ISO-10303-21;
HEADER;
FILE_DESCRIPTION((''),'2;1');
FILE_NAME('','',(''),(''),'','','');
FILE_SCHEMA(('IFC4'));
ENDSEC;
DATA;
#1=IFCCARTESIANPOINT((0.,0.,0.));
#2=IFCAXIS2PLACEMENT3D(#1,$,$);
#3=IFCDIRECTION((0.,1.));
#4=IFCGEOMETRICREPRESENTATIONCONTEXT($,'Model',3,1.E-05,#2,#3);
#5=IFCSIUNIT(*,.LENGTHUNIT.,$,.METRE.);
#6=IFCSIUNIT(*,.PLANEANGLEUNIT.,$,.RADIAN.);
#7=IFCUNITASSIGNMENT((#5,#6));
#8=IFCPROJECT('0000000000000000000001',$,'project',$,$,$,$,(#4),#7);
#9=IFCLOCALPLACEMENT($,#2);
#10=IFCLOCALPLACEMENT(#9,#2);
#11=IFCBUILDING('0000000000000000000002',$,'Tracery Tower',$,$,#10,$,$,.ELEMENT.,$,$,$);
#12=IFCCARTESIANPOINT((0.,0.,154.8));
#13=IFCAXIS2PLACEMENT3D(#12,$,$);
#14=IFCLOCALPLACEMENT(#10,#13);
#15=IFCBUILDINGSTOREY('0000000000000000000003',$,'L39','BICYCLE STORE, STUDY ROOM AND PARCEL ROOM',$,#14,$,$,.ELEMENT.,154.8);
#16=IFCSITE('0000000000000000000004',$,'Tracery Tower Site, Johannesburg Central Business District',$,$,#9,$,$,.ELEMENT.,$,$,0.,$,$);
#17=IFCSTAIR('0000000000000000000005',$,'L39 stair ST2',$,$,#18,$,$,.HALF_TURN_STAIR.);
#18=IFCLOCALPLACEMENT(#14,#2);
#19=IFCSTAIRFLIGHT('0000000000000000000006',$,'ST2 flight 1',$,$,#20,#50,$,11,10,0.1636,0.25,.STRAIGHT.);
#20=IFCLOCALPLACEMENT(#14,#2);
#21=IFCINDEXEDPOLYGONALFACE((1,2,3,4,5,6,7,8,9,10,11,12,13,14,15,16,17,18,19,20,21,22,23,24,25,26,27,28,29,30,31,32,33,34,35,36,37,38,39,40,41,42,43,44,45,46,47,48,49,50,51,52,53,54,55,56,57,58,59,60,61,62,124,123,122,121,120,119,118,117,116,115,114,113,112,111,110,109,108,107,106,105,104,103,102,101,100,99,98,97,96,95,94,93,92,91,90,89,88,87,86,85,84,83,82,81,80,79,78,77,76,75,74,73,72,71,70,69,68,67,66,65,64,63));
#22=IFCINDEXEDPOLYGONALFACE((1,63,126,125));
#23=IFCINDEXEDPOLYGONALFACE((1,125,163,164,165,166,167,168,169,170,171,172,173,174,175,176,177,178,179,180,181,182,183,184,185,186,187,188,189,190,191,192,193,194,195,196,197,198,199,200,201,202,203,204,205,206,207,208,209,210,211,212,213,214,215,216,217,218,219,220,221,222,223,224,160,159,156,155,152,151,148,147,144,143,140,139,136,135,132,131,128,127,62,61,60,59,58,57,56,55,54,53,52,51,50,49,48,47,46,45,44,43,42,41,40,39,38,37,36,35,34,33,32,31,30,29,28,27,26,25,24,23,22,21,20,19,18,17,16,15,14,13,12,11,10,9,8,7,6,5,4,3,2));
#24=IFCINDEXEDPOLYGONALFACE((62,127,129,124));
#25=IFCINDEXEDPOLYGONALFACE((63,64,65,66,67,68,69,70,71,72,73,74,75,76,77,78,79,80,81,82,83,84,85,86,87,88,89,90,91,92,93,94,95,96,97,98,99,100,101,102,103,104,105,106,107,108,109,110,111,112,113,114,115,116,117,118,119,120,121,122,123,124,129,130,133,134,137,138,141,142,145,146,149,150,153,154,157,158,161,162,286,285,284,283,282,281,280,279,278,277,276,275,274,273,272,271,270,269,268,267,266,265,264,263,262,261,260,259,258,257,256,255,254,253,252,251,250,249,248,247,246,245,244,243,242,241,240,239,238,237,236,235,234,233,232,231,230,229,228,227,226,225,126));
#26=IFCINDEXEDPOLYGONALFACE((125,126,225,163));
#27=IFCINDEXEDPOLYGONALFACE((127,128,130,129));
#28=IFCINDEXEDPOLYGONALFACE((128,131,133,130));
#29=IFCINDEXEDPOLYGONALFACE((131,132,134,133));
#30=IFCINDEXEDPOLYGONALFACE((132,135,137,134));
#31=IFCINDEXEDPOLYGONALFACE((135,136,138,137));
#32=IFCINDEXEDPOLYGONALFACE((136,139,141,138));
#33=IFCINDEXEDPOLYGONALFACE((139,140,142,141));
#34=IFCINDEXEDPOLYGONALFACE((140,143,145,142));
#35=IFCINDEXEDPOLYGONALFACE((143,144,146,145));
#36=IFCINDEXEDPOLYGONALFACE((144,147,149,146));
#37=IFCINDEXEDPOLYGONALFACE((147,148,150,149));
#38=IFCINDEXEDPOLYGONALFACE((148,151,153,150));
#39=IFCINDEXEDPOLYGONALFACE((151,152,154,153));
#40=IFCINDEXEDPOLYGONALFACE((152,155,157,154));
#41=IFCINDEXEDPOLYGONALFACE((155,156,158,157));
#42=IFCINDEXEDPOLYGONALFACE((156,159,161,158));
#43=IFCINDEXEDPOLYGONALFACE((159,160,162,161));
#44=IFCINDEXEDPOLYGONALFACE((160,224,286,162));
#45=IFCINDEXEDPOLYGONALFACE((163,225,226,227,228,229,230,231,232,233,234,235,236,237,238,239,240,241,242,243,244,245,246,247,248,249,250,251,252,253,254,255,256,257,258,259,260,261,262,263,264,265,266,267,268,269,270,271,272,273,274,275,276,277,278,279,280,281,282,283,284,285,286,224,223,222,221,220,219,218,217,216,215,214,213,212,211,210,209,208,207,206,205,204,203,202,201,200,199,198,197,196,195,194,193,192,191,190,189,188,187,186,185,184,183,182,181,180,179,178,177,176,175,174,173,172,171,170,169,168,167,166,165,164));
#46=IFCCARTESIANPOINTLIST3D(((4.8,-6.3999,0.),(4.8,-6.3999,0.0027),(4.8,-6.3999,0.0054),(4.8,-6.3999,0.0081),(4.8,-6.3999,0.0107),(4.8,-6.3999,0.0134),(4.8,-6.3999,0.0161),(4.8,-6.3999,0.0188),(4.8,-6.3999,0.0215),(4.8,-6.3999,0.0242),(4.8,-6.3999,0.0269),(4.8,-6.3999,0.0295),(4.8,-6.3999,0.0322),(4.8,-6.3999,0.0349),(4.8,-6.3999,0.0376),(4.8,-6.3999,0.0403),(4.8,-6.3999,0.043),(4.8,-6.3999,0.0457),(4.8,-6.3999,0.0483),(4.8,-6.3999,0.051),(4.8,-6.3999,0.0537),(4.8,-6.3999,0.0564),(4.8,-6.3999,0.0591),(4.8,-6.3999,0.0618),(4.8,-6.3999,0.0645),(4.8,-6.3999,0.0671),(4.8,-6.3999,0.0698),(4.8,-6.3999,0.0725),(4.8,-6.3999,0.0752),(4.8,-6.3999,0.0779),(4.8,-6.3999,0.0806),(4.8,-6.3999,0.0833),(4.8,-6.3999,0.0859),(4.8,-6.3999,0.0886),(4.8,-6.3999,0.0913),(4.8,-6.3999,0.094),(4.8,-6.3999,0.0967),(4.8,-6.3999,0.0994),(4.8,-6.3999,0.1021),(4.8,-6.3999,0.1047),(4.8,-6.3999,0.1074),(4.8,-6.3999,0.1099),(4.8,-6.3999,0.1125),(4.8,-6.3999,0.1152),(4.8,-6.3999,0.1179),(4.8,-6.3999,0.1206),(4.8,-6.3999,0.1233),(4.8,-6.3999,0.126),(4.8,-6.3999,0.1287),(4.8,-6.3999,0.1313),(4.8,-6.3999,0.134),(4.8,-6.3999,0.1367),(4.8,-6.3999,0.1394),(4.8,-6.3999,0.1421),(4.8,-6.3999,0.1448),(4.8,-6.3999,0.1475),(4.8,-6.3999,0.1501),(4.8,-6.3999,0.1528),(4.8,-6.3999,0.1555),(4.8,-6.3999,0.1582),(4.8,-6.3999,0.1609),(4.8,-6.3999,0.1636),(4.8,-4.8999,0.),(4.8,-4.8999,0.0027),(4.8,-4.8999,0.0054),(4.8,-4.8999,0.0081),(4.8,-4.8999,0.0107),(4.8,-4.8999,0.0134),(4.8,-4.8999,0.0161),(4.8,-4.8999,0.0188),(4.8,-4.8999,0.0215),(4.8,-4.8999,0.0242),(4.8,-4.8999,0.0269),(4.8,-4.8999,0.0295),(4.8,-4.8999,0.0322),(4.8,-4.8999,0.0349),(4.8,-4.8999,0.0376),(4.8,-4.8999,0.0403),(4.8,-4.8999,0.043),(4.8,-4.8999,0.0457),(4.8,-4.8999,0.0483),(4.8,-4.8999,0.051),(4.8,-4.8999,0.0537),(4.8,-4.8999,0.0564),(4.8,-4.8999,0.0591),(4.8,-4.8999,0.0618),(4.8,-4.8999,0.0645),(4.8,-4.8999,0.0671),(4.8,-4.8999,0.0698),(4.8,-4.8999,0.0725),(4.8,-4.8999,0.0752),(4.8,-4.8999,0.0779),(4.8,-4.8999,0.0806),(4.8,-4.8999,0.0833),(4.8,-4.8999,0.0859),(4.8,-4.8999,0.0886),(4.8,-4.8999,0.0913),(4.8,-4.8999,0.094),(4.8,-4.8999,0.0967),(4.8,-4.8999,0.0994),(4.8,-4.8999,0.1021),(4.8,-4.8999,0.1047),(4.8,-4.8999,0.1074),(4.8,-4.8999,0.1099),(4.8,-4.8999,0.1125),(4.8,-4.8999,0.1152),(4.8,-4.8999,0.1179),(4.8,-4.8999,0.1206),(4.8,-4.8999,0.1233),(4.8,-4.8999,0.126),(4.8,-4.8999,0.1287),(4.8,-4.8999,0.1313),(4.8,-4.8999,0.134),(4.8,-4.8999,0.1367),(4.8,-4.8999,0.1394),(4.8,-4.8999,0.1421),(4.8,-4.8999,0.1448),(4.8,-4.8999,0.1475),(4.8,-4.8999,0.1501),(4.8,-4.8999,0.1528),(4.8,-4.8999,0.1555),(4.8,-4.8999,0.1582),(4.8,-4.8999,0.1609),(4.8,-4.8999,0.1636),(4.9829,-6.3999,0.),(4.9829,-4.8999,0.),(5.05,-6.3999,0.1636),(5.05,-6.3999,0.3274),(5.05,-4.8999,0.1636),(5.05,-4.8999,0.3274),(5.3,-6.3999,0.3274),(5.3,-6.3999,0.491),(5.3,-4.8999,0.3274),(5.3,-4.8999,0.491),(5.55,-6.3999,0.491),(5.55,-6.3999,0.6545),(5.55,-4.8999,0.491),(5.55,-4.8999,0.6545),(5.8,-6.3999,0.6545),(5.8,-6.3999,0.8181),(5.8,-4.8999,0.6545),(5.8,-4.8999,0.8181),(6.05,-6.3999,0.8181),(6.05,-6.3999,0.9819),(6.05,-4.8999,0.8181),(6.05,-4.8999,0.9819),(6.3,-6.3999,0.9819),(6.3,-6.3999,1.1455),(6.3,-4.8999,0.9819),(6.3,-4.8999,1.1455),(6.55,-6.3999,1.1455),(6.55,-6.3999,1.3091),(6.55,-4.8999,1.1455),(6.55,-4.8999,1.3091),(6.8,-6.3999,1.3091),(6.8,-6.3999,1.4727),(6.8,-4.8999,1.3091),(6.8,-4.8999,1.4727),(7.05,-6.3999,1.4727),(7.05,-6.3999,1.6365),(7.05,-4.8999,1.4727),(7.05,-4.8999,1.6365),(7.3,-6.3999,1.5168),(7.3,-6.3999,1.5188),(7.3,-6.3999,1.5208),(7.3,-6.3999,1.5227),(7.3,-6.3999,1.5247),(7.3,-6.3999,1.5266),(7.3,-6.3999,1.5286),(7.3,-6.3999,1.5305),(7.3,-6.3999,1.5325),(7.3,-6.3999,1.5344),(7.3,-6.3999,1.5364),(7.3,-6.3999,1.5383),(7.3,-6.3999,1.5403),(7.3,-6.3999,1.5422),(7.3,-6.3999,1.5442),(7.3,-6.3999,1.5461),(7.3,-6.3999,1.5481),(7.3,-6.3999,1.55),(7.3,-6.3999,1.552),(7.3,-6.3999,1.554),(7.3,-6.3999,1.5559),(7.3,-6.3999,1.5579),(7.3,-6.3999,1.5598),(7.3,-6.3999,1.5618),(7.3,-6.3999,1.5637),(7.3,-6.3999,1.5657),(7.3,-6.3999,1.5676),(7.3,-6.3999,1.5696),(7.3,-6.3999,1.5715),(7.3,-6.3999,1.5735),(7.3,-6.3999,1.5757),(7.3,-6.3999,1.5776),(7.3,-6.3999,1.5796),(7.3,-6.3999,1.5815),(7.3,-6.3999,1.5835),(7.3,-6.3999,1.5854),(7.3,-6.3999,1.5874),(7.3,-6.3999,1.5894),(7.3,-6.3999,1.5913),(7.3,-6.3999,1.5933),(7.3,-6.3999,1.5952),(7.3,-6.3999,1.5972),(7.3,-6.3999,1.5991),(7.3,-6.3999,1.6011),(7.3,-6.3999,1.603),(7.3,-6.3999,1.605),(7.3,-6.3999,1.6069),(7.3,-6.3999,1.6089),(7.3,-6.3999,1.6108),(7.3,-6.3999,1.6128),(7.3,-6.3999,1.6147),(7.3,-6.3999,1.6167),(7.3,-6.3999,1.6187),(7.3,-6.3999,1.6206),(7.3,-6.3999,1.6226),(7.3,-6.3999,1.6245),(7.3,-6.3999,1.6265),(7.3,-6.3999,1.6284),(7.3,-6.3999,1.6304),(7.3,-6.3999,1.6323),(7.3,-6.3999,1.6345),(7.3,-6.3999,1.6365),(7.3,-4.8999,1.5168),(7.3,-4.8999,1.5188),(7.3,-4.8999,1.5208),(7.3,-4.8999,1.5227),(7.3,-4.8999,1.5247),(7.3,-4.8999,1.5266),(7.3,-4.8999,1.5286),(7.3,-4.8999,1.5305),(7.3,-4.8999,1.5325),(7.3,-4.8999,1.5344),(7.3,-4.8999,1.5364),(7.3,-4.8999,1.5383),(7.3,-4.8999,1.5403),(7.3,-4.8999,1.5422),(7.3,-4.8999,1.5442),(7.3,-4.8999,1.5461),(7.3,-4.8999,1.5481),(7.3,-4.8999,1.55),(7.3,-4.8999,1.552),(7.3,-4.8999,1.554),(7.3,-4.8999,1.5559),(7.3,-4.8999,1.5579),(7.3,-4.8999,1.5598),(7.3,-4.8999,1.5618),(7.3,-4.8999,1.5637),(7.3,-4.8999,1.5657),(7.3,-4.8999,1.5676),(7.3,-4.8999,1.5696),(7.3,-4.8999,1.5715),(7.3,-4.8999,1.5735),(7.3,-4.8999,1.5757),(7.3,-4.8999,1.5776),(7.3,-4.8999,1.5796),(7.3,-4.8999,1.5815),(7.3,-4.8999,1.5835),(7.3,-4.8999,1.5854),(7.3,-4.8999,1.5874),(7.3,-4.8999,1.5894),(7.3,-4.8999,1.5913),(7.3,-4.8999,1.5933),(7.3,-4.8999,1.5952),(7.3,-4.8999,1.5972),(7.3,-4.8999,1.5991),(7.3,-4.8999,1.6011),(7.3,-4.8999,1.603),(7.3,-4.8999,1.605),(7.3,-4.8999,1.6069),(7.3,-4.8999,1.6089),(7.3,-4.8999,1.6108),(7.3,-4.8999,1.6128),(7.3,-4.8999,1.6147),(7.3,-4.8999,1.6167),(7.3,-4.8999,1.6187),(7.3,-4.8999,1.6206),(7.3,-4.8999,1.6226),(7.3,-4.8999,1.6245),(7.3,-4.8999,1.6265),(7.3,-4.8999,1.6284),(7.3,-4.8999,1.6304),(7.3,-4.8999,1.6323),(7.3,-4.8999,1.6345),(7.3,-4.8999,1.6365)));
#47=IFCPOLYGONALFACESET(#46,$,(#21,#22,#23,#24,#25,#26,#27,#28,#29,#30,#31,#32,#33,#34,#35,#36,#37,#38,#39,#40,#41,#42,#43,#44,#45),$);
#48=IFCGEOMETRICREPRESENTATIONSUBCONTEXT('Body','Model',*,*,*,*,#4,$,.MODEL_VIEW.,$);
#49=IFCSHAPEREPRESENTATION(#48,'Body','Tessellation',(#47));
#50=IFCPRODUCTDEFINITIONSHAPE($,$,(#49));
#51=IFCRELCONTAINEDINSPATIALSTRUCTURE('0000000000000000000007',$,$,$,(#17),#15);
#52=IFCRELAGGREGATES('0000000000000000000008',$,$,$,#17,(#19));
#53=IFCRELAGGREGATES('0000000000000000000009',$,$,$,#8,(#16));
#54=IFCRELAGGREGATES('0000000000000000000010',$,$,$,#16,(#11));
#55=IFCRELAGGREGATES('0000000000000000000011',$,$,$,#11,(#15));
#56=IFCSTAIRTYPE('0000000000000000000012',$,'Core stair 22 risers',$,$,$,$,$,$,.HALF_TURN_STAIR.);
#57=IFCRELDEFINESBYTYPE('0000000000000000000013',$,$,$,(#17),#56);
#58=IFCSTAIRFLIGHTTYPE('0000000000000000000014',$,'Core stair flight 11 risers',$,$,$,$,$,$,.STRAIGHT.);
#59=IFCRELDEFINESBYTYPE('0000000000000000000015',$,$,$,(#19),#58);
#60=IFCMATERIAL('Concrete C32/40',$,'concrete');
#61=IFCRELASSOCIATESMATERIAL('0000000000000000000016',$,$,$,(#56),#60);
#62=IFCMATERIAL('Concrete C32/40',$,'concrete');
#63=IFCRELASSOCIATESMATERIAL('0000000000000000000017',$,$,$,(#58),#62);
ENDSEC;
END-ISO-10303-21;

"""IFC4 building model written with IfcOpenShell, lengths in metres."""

from ifc_helpers import new_model, si_unit, direction, frame, origin, place, context, subcontext, project, spatial, polyline, outline, extrude, material, type_object, element, aggregate, save


model = new_model("IFC4")

# Units and contexts
model_context = context("Model", 3, precision=1e-05, world=origin(), true_north=direction((0.0, 1.0)))
body_context = subcontext(model_context, "Body", "Model", "MODEL_VIEW")
ifc_project = project(units=[si_unit("LENGTHUNIT", "METRE"), si_unit("PLANEANGLEUNIT", "RADIAN")], contexts=[model_context])

# Site, building, storey
site_placement = place(None, origin())
site = spatial("IfcSite", under=ifc_project, at=site_placement, Name="Tracery Tower Site, Johannesburg Central Business District", CompositionType="ELEMENT", RefElevation=0.0)
building_placement = place(site_placement, origin())
building = spatial("IfcBuilding", under=site, at=building_placement, Name="Tracery Tower", CompositionType="ELEMENT")
storey_placement = place(building_placement, frame((0.0, 0.0, 154.8)))
storey = spatial("IfcBuildingStorey", under=building, at=storey_placement, Name="L39", Description="BICYCLE STORE, STUDY ROOM AND PARCEL ROOM", CompositionType="ELEMENT", Elevation=154.8)

# Shared definitions
ifc_material_1 = material(Name="Concrete C32/40", Category="concrete")
stair_type = type_object("IfcStairType", Name="Core stair 22 risers", PredefinedType="HALF_TURN_STAIR", material=ifc_material_1)

# Stair, stair flight
stair_1_placement = place(storey_placement, origin())
stair_1 = element("IfcStair", 1, at=stair_1_placement, inside=storey, type_object=stair_type, Name="L39 stair ST2", PredefinedType="HALF_TURN_STAIR")
ifc_material_2 = material(Name="Concrete C32/40", Category="concrete")
stair_flight_type = type_object("IfcStairFlightType", Name="Core stair flight 11 risers", PredefinedType="STRAIGHT", material=ifc_material_2)
stair_flight_1_placement = place(storey_placement, frame((4.8, -5.6499, 0.0), z_axis=(0.0, 0.0, 1.0), x_axis=(1.0, 0.0, 0.0)))
stair_flight_1 = element("IfcStairFlight", 2, at=stair_flight_1_placement, type_object=stair_flight_type, Name="ST2 flight 1", NumberOfRisers=11, NumberOfTreads=10, PredefinedType="STRAIGHT", RiserHeight=0.1636, TreadLength=0.25, context=body_context, shape_type="SweptSolid", body=[
    extrude(outline(polyline([(0.0, 0.0), (0.0, 0.0027), (0.0, 0.0054), (0.0, 0.0081), (0.0, 0.0107), (0.0, 0.0134), (0.0, 0.0161), (0.0, 0.0188), (0.0, 0.0215), (0.0, 0.0242), (0.0, 0.0269), (0.0, 0.0295), (0.0, 0.0322), (0.0, 0.0349), (0.0, 0.0376), (0.0, 0.0403), (0.0, 0.043), (0.0, 0.0457), (0.0, 0.0483), (0.0, 0.051), (0.0, 0.0537), (0.0, 0.0564), (0.0, 0.0591), (0.0, 0.0618), (0.0, 0.0645), (0.0, 0.0671), (0.0, 0.0698), (0.0, 0.0725), (0.0, 0.0752), (0.0, 0.0779), (0.0, 0.0806), (0.0, 0.0833), (0.0, 0.0859), (0.0, 0.0886), (0.0, 0.0913), (0.0, 0.094), (0.0, 0.0967), (0.0, 0.0994), (0.0, 0.1021), (0.0, 0.1047), (0.0, 0.1074), (0.0, 0.1099), (0.0, 0.1125), (0.0, 0.1152), (0.0, 0.1179), (0.0, 0.1206), (0.0, 0.1233), (0.0, 0.126), (0.0, 0.1287), (0.0, 0.1313), (0.0, 0.134), (0.0, 0.1367), (0.0, 0.1394), (0.0, 0.1421), (0.0, 0.1448), (0.0, 0.1475), (0.0, 0.1501), (0.0, 0.1528), (0.0, 0.1555), (0.0, 0.1582), (0.0, 0.1609), (0.0, 0.1636), (0.25, 0.1636), (0.25, 0.3274), (0.5, 0.3274), (0.5, 0.491), (0.75, 0.491), (0.75, 0.6545), (1.0, 0.6545), (1.0, 0.8181), (1.25, 0.8181), (1.25, 0.9819), (1.5, 0.9819), (1.5, 1.1455), (1.75, 1.1455), (1.75, 1.3091), (2.0, 1.3091), (2.0, 1.4727), (2.25, 1.4727), (2.25, 1.6365), (2.5, 1.6365), (2.5, 1.6345), (2.5, 1.6323), (2.5, 1.6304), (2.5, 1.6284), (2.5, 1.6265), (2.5, 1.6245), (2.5, 1.6226), (2.5, 1.6206), (2.5, 1.6187), (2.5, 1.6167), (2.5, 1.6147), (2.5, 1.6128), (2.5, 1.6108), (2.5, 1.6089), (2.5, 1.6069), (2.5, 1.605), (2.5, 1.603), (2.5, 1.6011), (2.5, 1.5991), (2.5, 1.5972), (2.5, 1.5952), (2.5, 1.5933), (2.5, 1.5913), (2.5, 1.5894), (2.5, 1.5874), (2.5, 1.5854), (2.5, 1.5835), (2.5, 1.5815), (2.5, 1.5796), (2.5, 1.5776), (2.5, 1.5757), (2.5, 1.5735), (2.5, 1.5715), (2.5, 1.5696), (2.5, 1.5676), (2.5, 1.5657), (2.5, 1.5637), (2.5, 1.5618), (2.5, 1.5598), (2.5, 1.5579), (2.5, 1.5559), (2.5, 1.554), (2.5, 1.552), (2.5, 1.55), (2.5, 1.5481), (2.5, 1.5461), (2.5, 1.5442), (2.5, 1.5422), (2.5, 1.5403), (2.5, 1.5383), (2.5, 1.5364), (2.5, 1.5344), (2.5, 1.5325), (2.5, 1.5305), (2.5, 1.5286), (2.5, 1.5266), (2.5, 1.5247), (2.5, 1.5227), (2.5, 1.5208), (2.5, 1.5188), (2.5, 1.5168), (0.1829, 0.0), (0.0, 0.0)])), frame((0.0, 0.75, 0.0), z_axis=(0.0, -1.0, 0.0), x_axis=(1.0, 0.0, 0.0)), (0.0, 0.0, 1.0), 1.5),
])
aggregate(stair_1, [stair_flight_1])

save(model, "model.ifc")
